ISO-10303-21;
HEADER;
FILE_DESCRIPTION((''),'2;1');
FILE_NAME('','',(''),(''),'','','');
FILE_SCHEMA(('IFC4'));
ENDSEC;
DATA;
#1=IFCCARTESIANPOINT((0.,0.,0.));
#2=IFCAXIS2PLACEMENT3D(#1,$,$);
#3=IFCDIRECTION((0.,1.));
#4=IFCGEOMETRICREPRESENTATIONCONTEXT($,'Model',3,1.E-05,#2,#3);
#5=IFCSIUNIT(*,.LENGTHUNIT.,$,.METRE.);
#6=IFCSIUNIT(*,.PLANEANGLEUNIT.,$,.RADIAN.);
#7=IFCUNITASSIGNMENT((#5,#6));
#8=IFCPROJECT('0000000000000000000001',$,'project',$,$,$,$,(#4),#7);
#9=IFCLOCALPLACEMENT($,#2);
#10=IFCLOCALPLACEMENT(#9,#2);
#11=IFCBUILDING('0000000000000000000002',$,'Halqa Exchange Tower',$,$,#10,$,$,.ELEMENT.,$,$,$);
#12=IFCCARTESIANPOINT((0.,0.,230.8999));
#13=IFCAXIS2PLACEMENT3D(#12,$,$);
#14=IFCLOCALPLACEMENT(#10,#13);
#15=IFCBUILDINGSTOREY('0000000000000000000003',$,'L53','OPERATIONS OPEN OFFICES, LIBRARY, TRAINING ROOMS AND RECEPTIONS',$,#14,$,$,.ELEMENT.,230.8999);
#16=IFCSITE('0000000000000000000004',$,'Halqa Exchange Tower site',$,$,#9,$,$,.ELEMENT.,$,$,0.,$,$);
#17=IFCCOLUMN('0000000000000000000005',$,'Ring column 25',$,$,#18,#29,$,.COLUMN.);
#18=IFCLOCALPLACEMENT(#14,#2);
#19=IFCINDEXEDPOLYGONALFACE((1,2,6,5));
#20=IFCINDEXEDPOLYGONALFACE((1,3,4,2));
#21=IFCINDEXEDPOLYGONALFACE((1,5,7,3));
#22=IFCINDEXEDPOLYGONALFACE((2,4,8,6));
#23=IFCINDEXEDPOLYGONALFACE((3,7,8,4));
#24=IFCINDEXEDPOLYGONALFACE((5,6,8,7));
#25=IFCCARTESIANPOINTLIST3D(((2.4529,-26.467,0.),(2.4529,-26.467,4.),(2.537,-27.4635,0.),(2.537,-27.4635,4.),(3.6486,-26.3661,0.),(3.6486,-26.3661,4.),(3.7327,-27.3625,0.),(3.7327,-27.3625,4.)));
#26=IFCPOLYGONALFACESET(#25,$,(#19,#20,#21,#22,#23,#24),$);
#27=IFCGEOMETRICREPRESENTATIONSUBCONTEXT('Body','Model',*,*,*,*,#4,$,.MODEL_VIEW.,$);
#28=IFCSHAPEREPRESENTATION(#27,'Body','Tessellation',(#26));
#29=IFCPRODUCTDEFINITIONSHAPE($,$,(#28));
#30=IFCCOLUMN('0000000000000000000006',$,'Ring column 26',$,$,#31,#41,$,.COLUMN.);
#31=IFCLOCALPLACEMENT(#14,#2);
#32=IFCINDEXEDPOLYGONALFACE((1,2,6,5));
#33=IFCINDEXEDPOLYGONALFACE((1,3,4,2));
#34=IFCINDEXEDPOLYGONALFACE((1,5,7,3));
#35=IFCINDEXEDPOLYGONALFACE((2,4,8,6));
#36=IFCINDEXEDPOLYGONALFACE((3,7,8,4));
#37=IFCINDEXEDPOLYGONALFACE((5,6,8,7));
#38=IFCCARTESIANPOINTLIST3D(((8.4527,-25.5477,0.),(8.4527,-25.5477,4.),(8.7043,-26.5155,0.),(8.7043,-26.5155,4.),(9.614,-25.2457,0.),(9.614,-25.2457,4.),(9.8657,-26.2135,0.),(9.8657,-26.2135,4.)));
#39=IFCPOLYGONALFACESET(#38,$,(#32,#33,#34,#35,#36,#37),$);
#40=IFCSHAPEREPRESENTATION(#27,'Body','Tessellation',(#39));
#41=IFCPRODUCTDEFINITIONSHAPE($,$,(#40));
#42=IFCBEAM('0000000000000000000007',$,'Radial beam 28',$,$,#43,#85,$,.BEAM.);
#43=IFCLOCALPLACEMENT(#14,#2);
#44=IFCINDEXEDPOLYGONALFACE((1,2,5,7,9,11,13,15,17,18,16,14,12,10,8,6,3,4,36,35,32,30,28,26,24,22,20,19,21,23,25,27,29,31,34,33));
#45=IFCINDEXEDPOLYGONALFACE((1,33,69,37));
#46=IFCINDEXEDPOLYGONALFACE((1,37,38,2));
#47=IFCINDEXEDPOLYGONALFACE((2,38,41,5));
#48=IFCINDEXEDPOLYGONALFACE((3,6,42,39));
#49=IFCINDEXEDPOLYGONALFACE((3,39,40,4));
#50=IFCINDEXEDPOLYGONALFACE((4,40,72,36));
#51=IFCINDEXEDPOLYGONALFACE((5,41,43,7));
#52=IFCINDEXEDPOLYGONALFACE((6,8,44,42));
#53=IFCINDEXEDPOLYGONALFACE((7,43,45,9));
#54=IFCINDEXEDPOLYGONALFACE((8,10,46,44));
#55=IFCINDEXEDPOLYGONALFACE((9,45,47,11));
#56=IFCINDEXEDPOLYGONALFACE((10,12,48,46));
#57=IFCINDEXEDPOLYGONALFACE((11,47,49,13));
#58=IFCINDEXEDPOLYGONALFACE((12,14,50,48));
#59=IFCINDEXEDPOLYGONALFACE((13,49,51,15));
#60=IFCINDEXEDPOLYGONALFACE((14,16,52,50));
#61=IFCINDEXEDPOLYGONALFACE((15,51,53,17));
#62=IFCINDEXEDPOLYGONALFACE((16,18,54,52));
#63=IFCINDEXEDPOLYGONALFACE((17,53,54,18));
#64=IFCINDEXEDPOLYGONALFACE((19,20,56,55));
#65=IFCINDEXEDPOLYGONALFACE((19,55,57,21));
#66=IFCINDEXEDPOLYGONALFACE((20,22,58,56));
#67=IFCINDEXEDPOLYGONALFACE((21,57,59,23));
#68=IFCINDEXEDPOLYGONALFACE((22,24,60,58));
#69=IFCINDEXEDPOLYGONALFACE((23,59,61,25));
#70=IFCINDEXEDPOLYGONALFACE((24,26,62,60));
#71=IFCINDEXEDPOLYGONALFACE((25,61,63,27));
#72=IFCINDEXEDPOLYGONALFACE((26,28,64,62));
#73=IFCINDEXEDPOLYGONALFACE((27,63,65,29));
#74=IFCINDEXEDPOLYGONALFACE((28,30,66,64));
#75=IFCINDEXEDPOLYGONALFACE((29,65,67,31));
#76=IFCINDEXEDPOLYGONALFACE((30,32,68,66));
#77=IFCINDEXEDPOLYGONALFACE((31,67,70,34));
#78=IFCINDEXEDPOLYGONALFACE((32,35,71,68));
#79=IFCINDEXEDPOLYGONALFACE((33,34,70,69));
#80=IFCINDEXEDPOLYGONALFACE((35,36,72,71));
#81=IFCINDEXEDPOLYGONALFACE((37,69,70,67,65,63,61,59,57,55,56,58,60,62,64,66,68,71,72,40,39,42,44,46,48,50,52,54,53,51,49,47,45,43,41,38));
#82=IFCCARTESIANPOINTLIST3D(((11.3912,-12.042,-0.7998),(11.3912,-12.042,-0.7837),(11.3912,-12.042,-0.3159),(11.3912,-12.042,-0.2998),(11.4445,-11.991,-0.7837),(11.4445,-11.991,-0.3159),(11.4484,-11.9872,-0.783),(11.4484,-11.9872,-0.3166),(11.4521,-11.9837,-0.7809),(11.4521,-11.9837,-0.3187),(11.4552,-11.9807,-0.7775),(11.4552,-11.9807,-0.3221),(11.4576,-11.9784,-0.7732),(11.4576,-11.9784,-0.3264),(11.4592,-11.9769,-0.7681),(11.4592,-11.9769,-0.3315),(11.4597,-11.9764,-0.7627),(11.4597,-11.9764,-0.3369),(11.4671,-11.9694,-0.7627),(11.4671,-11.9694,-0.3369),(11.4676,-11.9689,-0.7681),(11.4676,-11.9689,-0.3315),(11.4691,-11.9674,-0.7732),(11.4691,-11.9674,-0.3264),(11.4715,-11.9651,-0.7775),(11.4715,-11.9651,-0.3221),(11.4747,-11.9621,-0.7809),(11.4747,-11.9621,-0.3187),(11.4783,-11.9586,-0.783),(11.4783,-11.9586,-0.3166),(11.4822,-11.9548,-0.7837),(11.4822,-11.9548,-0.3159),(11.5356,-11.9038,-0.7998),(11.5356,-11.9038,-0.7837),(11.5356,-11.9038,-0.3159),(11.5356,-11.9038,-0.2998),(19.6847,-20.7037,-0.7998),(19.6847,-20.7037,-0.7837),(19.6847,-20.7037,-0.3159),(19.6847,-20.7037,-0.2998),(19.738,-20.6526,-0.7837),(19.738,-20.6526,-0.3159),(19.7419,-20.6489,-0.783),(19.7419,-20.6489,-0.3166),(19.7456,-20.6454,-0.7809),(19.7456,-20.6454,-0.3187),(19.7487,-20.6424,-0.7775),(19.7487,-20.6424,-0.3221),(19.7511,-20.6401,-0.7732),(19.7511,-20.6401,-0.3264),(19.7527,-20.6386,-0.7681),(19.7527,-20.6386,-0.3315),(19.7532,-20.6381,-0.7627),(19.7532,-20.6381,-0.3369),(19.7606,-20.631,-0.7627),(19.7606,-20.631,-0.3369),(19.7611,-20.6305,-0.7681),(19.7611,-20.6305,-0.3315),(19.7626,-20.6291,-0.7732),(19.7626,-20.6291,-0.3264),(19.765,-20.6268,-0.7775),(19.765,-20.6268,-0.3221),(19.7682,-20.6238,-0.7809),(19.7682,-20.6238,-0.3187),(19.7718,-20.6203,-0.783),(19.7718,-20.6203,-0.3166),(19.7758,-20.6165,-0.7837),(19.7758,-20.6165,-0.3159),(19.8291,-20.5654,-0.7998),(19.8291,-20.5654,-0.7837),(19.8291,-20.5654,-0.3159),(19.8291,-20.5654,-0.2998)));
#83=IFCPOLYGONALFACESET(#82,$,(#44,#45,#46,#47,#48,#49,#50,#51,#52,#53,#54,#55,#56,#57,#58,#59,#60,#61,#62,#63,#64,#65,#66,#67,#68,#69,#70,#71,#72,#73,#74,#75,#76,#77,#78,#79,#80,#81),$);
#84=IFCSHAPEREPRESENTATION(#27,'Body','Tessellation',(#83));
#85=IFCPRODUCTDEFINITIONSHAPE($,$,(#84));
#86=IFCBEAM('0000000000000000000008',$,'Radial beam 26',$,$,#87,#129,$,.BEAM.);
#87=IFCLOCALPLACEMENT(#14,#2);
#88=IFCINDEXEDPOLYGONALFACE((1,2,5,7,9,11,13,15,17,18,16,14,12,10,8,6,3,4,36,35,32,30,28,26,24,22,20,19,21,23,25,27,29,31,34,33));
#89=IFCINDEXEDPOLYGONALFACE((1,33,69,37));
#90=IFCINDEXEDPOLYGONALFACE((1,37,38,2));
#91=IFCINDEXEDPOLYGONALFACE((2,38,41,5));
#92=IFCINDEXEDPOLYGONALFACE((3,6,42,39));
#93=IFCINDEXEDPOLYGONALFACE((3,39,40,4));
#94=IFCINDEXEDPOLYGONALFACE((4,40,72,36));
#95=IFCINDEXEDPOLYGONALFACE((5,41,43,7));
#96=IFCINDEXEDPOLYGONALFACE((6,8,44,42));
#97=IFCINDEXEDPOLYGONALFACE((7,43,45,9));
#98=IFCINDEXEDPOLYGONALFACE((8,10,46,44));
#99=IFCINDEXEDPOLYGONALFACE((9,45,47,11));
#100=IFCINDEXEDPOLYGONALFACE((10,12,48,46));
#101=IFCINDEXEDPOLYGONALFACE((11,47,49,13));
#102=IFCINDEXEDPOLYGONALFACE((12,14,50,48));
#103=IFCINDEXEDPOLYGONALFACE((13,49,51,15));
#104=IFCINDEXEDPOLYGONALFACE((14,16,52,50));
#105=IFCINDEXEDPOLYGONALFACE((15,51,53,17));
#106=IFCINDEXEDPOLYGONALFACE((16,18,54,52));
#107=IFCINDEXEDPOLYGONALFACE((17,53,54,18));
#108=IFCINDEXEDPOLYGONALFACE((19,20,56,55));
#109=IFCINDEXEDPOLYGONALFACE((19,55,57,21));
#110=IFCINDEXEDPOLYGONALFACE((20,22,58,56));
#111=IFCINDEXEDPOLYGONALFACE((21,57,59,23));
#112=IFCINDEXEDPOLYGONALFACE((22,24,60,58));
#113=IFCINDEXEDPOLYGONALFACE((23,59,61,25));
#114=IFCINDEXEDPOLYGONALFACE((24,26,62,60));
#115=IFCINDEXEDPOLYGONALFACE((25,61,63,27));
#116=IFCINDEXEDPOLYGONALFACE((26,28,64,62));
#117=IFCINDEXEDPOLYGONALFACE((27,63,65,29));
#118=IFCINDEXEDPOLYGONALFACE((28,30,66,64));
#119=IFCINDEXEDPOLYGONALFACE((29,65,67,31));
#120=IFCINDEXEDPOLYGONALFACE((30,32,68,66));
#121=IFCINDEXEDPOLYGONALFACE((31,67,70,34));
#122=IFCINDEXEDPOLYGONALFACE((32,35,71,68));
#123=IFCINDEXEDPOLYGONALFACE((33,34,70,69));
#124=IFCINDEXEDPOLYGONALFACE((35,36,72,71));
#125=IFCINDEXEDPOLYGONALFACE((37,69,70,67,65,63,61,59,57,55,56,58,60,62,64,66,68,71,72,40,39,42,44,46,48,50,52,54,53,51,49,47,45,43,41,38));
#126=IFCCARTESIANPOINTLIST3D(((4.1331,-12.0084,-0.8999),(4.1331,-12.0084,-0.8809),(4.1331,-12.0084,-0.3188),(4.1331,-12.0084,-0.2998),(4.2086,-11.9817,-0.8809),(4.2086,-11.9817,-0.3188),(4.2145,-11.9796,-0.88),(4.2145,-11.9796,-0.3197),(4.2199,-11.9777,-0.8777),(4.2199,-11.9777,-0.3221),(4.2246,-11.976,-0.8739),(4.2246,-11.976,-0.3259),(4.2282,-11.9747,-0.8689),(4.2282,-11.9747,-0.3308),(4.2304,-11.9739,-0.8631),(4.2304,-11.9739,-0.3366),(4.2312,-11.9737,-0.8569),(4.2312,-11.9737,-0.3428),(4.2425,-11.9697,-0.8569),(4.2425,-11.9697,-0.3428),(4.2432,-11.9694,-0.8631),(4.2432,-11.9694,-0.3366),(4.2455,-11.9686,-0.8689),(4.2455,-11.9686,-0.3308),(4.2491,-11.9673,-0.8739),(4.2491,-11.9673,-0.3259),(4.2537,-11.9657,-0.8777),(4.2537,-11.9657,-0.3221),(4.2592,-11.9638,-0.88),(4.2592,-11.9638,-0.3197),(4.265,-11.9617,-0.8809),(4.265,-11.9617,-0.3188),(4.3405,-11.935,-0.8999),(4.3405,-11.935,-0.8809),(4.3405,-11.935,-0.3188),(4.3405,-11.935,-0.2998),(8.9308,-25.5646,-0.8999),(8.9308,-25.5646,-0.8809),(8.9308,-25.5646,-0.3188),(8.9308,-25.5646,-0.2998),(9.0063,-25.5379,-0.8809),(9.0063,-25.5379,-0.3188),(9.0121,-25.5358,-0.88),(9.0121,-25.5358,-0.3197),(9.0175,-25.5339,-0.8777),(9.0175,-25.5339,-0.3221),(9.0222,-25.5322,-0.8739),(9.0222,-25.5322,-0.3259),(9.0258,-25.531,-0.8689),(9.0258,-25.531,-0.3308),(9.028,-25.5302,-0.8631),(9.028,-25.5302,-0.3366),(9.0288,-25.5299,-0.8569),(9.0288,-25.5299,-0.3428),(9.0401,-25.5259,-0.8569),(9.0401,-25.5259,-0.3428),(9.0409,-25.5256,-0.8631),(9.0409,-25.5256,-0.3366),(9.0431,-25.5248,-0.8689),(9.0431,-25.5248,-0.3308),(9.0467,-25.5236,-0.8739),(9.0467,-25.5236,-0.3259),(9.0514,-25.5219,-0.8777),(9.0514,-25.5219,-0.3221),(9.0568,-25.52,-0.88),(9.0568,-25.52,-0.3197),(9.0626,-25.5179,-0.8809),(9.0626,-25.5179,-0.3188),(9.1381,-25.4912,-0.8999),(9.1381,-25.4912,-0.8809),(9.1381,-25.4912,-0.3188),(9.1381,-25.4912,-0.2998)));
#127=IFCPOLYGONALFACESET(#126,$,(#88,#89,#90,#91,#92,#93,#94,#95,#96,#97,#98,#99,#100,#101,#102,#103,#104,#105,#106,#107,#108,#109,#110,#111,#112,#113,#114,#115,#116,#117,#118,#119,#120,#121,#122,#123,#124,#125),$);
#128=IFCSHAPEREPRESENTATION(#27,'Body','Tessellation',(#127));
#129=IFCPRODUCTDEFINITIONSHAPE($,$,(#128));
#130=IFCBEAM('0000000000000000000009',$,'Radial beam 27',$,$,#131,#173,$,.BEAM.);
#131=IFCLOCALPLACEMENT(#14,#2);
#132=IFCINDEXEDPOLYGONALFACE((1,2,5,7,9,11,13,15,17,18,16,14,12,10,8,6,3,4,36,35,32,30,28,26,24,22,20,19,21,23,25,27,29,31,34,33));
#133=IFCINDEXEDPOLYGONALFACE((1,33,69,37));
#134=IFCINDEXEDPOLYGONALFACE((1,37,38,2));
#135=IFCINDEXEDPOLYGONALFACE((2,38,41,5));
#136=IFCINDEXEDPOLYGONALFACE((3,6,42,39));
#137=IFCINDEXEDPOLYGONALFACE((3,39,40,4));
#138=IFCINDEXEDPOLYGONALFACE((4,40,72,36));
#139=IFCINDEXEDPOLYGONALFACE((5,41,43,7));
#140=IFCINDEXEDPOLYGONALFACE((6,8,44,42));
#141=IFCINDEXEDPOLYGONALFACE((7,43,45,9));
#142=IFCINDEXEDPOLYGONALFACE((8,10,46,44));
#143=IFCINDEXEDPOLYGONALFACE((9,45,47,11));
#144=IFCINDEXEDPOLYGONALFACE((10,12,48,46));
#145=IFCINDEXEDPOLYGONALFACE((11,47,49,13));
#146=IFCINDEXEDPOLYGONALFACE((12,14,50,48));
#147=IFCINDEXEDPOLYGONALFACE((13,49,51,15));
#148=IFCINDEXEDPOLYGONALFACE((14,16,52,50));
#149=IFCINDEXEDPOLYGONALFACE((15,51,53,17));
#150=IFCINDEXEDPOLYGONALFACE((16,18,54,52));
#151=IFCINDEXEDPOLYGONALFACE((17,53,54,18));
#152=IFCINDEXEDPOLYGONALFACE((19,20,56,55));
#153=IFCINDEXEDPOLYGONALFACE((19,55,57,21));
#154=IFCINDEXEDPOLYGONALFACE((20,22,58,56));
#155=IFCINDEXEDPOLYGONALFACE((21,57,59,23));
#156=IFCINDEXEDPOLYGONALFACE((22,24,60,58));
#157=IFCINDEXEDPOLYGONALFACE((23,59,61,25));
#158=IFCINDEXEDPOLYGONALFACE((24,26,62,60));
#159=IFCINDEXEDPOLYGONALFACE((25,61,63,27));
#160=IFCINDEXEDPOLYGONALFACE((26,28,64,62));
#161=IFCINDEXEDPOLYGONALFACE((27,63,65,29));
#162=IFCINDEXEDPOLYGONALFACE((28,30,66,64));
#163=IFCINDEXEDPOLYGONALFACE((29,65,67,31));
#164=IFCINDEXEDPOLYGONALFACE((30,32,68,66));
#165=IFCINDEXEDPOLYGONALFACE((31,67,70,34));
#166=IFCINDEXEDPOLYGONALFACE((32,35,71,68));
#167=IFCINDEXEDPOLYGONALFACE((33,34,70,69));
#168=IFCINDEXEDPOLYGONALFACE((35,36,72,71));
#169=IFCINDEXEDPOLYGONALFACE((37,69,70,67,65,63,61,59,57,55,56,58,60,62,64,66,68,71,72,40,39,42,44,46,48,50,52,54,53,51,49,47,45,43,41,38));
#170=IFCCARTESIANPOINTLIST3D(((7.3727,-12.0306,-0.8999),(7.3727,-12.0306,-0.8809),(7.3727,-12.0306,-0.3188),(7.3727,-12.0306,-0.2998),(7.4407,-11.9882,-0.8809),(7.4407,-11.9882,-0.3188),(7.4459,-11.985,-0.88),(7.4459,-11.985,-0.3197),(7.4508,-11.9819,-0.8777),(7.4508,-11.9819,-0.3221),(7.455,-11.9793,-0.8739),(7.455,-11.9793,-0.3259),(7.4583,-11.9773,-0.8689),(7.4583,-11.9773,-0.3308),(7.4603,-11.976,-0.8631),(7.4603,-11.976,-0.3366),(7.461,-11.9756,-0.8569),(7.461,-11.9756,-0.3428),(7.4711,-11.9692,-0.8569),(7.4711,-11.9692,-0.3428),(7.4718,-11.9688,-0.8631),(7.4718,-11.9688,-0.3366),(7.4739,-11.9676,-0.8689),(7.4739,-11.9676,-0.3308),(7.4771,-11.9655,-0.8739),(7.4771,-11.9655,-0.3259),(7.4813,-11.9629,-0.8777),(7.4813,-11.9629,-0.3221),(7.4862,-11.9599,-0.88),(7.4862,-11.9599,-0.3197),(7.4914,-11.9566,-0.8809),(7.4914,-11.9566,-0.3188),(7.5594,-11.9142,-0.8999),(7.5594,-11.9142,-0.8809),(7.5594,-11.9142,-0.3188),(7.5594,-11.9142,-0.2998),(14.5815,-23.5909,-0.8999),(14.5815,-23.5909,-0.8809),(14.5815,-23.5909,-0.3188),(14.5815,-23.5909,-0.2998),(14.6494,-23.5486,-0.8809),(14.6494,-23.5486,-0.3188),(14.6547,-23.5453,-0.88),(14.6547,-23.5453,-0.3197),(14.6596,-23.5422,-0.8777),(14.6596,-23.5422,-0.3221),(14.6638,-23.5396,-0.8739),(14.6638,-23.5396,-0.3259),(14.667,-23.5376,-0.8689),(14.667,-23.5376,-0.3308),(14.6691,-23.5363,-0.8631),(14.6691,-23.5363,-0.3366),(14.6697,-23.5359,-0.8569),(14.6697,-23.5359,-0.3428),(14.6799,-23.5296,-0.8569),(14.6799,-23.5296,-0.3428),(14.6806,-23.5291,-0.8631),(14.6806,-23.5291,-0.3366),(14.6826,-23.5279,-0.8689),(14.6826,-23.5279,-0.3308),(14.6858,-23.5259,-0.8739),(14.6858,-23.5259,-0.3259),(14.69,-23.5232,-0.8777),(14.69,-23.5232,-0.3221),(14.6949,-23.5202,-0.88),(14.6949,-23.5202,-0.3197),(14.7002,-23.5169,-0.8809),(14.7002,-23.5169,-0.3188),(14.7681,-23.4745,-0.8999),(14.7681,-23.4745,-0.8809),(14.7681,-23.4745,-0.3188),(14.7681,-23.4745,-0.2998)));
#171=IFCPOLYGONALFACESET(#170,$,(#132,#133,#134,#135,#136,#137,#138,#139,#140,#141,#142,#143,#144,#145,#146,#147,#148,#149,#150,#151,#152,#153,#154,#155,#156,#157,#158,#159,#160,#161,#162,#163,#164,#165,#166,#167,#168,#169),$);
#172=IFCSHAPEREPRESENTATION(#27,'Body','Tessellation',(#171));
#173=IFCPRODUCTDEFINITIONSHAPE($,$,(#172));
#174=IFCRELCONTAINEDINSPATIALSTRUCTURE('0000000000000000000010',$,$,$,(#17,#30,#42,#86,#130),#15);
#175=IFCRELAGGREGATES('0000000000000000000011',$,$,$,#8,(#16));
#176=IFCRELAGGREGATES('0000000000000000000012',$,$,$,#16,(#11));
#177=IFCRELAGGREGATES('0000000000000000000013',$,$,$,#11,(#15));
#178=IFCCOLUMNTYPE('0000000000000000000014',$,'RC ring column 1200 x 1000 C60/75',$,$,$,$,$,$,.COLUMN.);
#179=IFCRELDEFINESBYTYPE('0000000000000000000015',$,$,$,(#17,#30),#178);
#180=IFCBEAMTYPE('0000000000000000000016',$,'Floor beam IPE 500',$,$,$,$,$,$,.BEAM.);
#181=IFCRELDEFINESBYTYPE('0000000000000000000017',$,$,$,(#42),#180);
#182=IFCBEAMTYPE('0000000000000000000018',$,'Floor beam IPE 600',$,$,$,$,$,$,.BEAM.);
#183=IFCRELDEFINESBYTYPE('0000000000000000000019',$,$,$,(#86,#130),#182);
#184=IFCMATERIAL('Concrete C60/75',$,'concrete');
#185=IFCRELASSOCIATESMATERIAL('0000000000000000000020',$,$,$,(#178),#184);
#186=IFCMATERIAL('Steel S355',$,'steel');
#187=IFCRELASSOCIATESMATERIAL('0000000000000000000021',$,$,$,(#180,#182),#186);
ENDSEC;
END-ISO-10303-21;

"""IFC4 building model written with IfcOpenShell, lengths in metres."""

from ifc_helpers import new_model, si_unit, direction, frame, origin, origin_2d, place, context, subcontext, project, spatial, rectangle, i_section, extrude, material, material_profile, profile_set, type_object, element, save


model = new_model("IFC4")

# Units and contexts
model_context = context("Model", 3, precision=1e-05, world=origin(), true_north=direction((0.0, 1.0)))
body_context = subcontext(model_context, "Body", "Model", "MODEL_VIEW")
ifc_project = project(units=[si_unit("LENGTHUNIT", "METRE"), si_unit("PLANEANGLEUNIT", "RADIAN")], contexts=[model_context])

# Site, building, storey
site_placement = place(None, origin())
site = spatial("IfcSite", under=ifc_project, at=site_placement, Name="Halqa Exchange Tower site", CompositionType="ELEMENT", RefElevation=0.0)
building_placement = place(site_placement, origin())
building = spatial("IfcBuilding", under=site, at=building_placement, Name="Halqa Exchange Tower", CompositionType="ELEMENT")
storey_placement = place(building_placement, frame((0.0, 0.0, 230.8999)))
storey = spatial("IfcBuildingStorey", under=building, at=storey_placement, Name="L53", Description="OPERATIONS OPEN OFFICES, LIBRARY, TRAINING ROOMS AND RECEPTIONS", CompositionType="ELEMENT", Elevation=230.8999)

# Columns
ifc_material_1 = material(Name="Concrete C60/75", Category="concrete")
ifc_material_profile_1 = material_profile(ifc_material_1, rectangle(XDim=1.2, YDim=1.0, at=origin_2d()), Name="1200 x 1000")
ifc_profile_set_1 = profile_set([ifc_material_profile_1], Name="Concrete C60/75")
column_type = type_object("IfcColumnType", Name="RC ring column 1200 x 1000 C60/75", PredefinedType="COLUMN", material=ifc_profile_set_1)
for number, where, z_axis, x_axis, name in (
    (1, (3.0928, -26.9148, 0.0), (0.0, 0.0, 1.0), (0.996455, 0.084128, 0.0), "Ring column 25"),
    (2, (9.1592, -25.8806, 0.0), (0.0, 0.0, 1.0), (0.967818, 0.25165, 0.0), "Ring column 26"),
):
    element("IfcColumn", number, at=place(storey_placement, frame(where, z_axis=z_axis, x_axis=x_axis)), inside=storey, type_object=column_type, Name=name, PredefinedType="COLUMN", context=body_context, shape_type="SweptSolid", body=[
        extrude(rectangle(XDim=1.2, YDim=1.0, at=origin_2d()), origin(), (0.0, 0.0, 1.0), 4.0),
    ])

# Beams
ifc_material_2 = material(Name="Steel S355", Category="steel")
ifc_material_profile_2 = material_profile(ifc_material_2, i_section(OverallWidth=0.2, OverallDepth=0.5, WebThickness=0.0103, FlangeThickness=0.0161, FilletRadius=0.021, at=origin_2d()), Name="IPE 500")
ifc_profile_set_2 = profile_set([ifc_material_profile_2], Name="Steel S355")
beam_type_1 = type_object("IfcBeamType", Name="Floor beam IPE 500", PredefinedType="BEAM", material=ifc_profile_set_2)
beam_1_placement = place(storey_placement, frame((11.4634, -11.9729, -0.5498), z_axis=(0.69159, -0.722291, 0.0), x_axis=(0.722291, 0.69159, 0.0)))
element("IfcBeam", 3, at=beam_1_placement, inside=storey, type_object=beam_type_1, Name="Radial beam 28", PredefinedType="BEAM", context=body_context, shape_type="SweptSolid", body=[
    extrude(i_section(OverallWidth=0.2, OverallDepth=0.5, WebThickness=0.0103, FlangeThickness=0.0161, FilletRadius=0.021, at=origin_2d()), origin(), (0.0, 0.0, 1.0), 11.9919),
])
ifc_material_profile_3 = material_profile(ifc_material_2, i_section(OverallWidth=0.22, OverallDepth=0.6001, WebThickness=0.012, FlangeThickness=0.019, FilletRadius=0.0239, at=origin_2d()), Name="IPE 600")
ifc_profile_set_3 = profile_set([ifc_material_profile_3], Name="Steel S355")
beam_type_2 = type_object("IfcBeamType", Name="Floor beam IPE 600", PredefinedType="BEAM", material=ifc_profile_set_3)
beam_2_placement = place(storey_placement, frame((4.2368, -11.9717, -0.5999), z_axis=(0.333629, -0.942704, 0.0), x_axis=(0.942704, 0.333629, 0.0)))
element("IfcBeam", 4, at=beam_2_placement, inside=storey, type_object=beam_type_2, Name="Radial beam 26", PredefinedType="BEAM", context=body_context, shape_type="SweptSolid", body=[
    extrude(i_section(OverallWidth=0.22, OverallDepth=0.6001, WebThickness=0.012, FlangeThickness=0.019, FilletRadius=0.0239, at=origin_2d()), origin(), (0.0, 0.0, 1.0), 14.3801),
])
beam_3_placement = place(storey_placement, frame((7.4661, -11.9724, -0.5999), z_axis=(0.52913, -0.848541, 0.0), x_axis=(0.848541, 0.52913, 0.0)))
element("IfcBeam", 5, at=beam_3_placement, inside=storey, type_object=beam_type_2, Name="Radial beam 27", PredefinedType="BEAM", context=body_context, shape_type="SweptSolid", body=[
    extrude(i_section(OverallWidth=0.22, OverallDepth=0.6001, WebThickness=0.012, FlangeThickness=0.019, FilletRadius=0.0239, at=origin_2d()), origin(), (0.0, 0.0, 1.0), 13.6238),
])

save(model, "model.ifc")
